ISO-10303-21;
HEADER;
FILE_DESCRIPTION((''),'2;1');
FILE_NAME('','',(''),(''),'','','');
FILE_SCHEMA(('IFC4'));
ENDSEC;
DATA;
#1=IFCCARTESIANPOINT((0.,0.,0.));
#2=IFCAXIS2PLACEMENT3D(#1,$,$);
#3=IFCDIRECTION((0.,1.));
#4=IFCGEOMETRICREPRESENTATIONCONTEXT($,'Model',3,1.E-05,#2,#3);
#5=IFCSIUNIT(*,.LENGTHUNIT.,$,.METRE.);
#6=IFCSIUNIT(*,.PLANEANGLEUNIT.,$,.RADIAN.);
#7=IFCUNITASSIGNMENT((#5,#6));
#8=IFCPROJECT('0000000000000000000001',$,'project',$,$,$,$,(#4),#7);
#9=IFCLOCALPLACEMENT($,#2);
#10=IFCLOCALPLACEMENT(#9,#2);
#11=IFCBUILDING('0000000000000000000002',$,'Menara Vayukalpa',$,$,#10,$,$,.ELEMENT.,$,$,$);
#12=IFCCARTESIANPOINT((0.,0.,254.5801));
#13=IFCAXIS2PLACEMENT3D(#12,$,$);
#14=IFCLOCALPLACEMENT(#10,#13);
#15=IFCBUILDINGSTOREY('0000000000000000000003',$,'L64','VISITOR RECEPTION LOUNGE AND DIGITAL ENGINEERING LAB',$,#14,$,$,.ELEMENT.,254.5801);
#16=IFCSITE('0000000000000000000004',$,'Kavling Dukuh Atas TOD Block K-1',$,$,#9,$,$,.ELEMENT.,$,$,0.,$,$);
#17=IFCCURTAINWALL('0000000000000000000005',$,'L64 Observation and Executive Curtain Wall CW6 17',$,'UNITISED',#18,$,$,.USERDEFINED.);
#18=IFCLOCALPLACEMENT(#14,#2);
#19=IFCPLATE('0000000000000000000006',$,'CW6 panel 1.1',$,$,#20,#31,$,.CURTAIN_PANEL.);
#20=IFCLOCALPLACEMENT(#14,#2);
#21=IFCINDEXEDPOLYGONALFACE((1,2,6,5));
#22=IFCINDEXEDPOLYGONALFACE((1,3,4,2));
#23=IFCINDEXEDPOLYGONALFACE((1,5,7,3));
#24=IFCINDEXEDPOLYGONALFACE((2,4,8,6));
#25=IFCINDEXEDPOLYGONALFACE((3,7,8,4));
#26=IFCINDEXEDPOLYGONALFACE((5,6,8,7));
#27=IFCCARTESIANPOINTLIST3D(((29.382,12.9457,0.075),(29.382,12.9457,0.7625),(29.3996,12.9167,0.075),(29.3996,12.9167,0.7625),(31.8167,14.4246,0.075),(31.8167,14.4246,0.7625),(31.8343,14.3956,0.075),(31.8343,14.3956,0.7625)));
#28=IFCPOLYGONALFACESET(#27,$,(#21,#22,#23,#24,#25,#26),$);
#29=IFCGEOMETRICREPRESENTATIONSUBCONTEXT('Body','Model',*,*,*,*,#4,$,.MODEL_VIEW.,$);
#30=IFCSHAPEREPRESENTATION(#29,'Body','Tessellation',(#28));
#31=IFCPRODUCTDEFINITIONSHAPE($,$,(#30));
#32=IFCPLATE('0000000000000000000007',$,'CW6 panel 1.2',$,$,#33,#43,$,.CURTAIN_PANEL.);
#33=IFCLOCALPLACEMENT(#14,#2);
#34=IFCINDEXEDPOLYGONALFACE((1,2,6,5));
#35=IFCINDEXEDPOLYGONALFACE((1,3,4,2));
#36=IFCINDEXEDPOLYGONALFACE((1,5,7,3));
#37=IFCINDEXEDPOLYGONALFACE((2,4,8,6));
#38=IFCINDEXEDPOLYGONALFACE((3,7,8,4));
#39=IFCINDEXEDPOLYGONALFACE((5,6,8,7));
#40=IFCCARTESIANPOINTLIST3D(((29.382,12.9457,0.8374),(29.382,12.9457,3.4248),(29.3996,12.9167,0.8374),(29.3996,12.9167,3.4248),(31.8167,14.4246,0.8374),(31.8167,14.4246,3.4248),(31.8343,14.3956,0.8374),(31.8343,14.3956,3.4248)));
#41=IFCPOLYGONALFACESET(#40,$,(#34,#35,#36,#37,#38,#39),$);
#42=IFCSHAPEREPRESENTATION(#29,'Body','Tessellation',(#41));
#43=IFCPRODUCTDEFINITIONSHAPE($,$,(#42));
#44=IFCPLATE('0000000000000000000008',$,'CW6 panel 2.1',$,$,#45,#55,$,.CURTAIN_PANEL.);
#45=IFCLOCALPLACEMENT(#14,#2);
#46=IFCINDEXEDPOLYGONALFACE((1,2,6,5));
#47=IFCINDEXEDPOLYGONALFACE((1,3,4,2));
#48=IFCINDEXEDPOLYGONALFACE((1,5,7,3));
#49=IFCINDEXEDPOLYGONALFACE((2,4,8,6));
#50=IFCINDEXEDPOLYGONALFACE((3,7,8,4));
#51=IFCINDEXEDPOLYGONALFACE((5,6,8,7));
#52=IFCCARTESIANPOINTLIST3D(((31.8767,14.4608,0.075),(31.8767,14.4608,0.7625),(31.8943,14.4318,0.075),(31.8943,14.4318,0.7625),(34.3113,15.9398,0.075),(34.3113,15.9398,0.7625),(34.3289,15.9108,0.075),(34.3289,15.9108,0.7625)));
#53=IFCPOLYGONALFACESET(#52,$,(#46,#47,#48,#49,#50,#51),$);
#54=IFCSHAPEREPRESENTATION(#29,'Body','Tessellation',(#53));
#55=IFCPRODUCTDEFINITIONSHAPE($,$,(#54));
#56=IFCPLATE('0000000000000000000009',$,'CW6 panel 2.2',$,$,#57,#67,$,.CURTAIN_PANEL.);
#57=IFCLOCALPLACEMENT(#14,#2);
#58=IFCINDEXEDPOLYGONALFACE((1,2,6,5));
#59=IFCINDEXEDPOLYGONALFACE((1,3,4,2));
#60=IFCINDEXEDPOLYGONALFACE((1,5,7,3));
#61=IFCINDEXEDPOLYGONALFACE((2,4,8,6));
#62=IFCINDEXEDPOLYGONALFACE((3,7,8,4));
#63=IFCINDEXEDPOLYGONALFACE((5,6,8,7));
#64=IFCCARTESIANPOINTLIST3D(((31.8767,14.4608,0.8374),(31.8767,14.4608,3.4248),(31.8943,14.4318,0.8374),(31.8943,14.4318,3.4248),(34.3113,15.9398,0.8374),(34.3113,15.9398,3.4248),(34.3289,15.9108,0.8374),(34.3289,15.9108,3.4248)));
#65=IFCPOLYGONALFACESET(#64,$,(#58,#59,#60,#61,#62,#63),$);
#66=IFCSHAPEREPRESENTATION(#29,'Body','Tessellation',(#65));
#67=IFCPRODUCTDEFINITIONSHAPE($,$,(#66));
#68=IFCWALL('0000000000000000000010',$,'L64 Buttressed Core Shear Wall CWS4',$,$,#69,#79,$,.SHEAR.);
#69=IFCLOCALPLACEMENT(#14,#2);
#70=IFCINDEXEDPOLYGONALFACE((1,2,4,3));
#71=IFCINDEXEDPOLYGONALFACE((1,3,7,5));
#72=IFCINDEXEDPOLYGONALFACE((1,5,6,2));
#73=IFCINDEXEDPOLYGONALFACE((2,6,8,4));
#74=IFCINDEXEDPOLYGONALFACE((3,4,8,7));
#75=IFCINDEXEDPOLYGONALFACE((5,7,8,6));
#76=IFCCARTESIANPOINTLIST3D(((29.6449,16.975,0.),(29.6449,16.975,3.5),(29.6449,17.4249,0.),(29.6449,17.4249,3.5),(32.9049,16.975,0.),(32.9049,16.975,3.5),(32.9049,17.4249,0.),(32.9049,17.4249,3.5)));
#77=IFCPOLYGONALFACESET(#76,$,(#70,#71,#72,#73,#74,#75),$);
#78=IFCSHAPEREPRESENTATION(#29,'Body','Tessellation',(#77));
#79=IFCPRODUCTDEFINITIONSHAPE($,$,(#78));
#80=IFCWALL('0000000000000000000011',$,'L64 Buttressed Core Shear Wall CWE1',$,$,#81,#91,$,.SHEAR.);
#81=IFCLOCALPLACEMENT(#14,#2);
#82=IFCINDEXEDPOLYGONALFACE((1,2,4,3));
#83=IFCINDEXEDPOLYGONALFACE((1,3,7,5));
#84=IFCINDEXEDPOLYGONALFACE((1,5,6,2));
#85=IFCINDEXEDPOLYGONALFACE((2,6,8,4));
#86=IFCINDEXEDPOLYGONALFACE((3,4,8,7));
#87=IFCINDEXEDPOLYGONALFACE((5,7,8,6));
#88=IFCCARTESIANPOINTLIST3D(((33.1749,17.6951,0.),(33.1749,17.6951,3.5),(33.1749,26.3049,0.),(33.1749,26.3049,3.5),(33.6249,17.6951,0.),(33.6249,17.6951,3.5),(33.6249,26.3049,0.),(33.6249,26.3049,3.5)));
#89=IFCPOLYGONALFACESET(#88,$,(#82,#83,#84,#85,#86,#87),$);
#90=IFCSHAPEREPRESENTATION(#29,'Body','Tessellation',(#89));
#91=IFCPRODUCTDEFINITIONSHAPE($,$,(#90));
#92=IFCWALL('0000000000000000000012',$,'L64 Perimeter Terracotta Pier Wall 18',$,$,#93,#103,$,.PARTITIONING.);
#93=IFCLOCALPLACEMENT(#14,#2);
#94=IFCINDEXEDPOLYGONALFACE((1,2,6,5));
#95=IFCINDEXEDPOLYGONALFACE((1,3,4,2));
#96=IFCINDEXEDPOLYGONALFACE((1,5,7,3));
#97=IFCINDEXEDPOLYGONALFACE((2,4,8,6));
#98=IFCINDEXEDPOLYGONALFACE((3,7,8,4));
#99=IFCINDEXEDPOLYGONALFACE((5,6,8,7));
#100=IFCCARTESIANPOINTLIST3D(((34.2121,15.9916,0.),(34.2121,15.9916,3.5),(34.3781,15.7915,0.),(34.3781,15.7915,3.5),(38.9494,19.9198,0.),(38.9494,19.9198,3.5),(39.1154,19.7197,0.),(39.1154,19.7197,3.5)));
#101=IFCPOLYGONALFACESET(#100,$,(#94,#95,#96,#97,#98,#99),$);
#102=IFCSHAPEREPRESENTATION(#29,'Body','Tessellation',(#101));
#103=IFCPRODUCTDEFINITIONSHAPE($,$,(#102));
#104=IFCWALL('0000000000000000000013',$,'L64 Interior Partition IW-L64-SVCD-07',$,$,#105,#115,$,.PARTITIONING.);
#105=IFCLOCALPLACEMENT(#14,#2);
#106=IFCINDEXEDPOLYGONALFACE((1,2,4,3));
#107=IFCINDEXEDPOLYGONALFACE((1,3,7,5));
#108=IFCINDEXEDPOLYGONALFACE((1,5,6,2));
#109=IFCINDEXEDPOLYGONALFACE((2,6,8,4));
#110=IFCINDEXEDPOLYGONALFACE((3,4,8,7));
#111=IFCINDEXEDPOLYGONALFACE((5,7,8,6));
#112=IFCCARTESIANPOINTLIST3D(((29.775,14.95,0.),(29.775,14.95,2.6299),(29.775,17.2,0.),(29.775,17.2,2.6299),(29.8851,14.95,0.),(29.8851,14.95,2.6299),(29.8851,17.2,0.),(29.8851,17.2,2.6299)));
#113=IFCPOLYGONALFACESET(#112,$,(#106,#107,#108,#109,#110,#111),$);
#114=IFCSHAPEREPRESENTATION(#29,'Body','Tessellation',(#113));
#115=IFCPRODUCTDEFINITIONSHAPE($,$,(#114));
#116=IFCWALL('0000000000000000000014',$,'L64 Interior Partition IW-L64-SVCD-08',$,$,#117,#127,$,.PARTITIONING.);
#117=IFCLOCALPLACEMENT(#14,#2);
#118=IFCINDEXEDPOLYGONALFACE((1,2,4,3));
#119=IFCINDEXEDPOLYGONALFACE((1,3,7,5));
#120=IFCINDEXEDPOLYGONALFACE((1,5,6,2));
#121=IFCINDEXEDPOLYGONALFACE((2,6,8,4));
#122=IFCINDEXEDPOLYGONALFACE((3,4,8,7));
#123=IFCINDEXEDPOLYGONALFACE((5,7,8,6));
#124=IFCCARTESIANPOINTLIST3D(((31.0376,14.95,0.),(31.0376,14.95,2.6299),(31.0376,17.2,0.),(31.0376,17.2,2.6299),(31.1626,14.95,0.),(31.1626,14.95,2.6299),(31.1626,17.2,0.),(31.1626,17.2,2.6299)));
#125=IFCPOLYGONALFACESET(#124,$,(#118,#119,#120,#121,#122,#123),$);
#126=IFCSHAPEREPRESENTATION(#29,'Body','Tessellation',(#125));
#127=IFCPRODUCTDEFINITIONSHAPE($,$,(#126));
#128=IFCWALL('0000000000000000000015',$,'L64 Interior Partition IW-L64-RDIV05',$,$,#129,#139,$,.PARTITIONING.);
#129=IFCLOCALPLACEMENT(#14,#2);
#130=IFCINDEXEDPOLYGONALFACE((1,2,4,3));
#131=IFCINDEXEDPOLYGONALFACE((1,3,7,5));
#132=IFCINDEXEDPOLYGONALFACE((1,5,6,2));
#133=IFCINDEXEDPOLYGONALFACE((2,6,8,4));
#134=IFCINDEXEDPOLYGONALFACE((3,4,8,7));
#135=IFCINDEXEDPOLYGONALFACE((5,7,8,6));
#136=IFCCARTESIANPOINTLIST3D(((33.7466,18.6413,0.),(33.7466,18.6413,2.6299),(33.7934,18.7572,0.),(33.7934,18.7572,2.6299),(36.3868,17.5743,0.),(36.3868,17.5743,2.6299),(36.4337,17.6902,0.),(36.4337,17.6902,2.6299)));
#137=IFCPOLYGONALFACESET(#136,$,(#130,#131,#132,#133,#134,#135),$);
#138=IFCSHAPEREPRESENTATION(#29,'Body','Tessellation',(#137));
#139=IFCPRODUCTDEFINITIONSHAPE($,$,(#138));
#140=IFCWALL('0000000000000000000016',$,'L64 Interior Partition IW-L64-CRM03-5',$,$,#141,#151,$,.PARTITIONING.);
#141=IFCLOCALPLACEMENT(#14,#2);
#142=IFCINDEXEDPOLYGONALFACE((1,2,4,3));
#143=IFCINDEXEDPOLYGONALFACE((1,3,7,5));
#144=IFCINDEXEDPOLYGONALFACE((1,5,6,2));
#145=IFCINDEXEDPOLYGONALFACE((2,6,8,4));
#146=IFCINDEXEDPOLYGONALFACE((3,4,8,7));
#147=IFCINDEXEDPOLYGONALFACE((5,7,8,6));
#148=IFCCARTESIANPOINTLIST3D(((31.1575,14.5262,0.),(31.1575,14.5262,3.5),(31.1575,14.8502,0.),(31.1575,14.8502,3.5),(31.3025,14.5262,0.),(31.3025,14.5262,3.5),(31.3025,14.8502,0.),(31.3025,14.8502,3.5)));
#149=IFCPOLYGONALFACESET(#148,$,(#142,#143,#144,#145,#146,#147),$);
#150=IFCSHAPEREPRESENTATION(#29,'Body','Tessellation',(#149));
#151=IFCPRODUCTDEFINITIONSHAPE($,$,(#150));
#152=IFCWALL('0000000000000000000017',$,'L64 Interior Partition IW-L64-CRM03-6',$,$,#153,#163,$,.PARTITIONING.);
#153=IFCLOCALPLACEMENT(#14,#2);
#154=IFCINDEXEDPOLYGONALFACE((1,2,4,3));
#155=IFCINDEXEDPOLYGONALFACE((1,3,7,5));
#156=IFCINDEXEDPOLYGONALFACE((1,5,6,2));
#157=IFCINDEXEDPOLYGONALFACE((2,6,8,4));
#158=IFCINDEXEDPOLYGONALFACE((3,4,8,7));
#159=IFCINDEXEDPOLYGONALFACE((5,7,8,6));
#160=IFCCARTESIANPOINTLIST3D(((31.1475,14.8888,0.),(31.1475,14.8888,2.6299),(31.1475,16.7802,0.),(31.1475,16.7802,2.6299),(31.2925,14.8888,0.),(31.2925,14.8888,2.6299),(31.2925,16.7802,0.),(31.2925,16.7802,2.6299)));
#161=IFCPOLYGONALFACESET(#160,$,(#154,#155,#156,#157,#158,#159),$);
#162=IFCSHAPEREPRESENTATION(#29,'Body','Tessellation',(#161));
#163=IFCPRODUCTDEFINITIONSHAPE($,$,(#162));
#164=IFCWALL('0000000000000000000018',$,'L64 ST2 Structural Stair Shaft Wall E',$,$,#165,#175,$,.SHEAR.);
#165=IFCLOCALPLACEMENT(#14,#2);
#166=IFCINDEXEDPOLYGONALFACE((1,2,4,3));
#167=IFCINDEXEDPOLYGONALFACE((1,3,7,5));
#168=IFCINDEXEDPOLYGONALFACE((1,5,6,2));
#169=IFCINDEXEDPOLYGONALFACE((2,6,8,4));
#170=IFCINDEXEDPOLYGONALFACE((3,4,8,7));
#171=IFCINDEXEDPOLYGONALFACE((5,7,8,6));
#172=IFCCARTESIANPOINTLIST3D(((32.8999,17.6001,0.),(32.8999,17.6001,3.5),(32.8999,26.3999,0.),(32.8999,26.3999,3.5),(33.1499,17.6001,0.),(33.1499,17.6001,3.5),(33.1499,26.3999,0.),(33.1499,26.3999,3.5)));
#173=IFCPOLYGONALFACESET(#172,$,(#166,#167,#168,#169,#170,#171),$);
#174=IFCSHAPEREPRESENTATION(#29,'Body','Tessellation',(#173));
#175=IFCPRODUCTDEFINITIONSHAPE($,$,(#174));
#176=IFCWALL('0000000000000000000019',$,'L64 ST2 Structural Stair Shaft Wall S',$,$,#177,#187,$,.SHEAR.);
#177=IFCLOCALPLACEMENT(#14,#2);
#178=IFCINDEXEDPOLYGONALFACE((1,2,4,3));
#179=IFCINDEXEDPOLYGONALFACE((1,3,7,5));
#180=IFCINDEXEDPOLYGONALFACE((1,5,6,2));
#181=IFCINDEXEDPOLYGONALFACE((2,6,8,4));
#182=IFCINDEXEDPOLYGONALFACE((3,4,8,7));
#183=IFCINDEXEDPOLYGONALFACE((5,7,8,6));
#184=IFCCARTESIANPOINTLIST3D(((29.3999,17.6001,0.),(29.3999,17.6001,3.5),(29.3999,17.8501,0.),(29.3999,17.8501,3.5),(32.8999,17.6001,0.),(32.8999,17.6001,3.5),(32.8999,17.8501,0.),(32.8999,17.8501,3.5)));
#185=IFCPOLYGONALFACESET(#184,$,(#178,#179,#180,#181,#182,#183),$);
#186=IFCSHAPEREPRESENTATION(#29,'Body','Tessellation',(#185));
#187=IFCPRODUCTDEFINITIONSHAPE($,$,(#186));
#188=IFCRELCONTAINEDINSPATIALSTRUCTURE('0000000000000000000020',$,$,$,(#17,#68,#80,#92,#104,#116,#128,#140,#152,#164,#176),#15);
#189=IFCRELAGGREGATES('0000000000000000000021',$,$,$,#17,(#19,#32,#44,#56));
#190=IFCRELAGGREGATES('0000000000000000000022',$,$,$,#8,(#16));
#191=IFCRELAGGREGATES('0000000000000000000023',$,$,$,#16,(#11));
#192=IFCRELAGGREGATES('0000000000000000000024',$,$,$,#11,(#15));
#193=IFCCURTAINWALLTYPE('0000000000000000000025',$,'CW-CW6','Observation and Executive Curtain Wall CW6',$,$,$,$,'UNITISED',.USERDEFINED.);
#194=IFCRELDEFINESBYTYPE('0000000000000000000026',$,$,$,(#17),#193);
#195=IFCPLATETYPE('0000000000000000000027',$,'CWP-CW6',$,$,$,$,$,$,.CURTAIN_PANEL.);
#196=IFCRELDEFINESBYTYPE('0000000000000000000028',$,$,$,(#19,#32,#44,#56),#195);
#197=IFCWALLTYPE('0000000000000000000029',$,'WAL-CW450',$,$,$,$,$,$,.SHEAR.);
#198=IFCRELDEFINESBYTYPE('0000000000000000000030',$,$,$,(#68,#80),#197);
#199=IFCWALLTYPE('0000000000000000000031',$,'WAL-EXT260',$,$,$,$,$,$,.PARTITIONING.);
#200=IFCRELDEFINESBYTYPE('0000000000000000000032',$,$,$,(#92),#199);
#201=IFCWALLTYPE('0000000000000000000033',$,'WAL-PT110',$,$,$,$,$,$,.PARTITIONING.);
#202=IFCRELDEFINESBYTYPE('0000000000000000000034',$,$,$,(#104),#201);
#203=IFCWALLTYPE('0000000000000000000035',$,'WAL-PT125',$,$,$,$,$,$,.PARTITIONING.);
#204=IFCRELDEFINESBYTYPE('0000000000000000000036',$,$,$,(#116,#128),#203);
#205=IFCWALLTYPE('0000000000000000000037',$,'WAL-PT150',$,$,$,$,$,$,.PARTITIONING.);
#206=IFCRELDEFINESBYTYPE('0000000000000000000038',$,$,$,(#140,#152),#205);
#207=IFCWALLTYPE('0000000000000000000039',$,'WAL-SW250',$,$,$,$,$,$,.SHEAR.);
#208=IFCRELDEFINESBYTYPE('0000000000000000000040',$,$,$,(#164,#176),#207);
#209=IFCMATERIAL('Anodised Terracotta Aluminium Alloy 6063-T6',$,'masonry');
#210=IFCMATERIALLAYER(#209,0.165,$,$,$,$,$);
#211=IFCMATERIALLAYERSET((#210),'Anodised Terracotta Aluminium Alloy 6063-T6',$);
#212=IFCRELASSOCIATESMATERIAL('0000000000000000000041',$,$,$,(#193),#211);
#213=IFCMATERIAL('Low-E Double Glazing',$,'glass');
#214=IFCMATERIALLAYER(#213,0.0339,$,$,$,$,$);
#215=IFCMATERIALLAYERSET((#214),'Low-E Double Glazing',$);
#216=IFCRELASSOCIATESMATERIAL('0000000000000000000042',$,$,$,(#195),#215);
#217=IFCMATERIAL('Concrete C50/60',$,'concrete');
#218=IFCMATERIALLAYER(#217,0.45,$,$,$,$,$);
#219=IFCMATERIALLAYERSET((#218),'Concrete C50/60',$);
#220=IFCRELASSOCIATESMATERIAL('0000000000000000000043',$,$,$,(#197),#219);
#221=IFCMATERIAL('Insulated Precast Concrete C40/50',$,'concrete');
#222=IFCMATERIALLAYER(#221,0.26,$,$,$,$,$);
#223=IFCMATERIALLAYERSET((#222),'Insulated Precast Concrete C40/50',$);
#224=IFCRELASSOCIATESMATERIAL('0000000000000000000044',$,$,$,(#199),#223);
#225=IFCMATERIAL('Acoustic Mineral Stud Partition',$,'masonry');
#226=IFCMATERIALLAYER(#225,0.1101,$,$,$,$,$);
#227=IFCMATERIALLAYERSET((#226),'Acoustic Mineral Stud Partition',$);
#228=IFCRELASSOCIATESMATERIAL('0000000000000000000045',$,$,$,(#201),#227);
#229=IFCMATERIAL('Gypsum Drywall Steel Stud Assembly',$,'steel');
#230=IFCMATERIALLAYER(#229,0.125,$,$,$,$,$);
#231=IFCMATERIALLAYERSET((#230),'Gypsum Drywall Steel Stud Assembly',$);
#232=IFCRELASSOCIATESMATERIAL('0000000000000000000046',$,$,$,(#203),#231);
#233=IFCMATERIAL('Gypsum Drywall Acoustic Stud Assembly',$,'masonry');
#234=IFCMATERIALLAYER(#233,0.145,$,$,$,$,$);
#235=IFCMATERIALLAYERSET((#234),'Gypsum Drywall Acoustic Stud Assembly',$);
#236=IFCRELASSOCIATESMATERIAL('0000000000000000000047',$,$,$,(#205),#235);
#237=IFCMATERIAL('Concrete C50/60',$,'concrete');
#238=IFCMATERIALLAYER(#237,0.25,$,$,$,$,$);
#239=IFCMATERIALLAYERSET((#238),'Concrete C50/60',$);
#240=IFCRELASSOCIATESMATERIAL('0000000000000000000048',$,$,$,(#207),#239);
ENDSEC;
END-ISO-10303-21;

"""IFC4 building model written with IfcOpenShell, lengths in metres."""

from ifc_helpers import new_model, si_unit, direction, frame, frame_2d, origin, origin_2d, place, context, subcontext, project, spatial, rectangle, extrude, material, layer, layer_set, type_object, element, aggregate, save


model = new_model("IFC4")

# Units and contexts
model_context = context("Model", 3, precision=1e-05, world=origin(), true_north=direction((0.0, 1.0)))
body_context = subcontext(model_context, "Body", "Model", "MODEL_VIEW")
ifc_project = project(units=[si_unit("LENGTHUNIT", "METRE"), si_unit("PLANEANGLEUNIT", "RADIAN")], contexts=[model_context])

# Site, building, storey
site_placement = place(None, origin())
site = spatial("IfcSite", under=ifc_project, at=site_placement, Name="Kavling Dukuh Atas TOD Block K-1", CompositionType="ELEMENT", RefElevation=0.0)
building_placement = place(site_placement, origin())
building = spatial("IfcBuilding", under=site, at=building_placement, Name="Menara Vayukalpa", CompositionType="ELEMENT")
storey_placement = place(building_placement, frame((0.0, 0.0, 254.5801)))
storey = spatial("IfcBuildingStorey", under=building, at=storey_placement, Name="L64", Description="VISITOR RECEPTION LOUNGE AND DIGITAL ENGINEERING LAB", CompositionType="ELEMENT", Elevation=254.5801)

# Curtain wall, plates
ifc_material_1 = material(Name="Anodised Terracotta Aluminium Alloy 6063-T6", Category="masonry")
ifc_layer_1 = layer(ifc_material_1, 0.165)
ifc_layer_set_1 = layer_set([ifc_layer_1], Name="Anodised Terracotta Aluminium Alloy 6063-T6")
curtain_wall_type = type_object("IfcCurtainWallType", Name="CW-CW6", Description="Observation and Executive Curtain Wall CW6", ElementType="UNITISED", PredefinedType="USERDEFINED", material=ifc_layer_set_1)
curtain_wall_placement = place(storey_placement, origin())
curtain_wall = element("IfcCurtainWall", 1, at=curtain_wall_placement, inside=storey, type_object=curtain_wall_type, Name="L64 Observation and Executive Curtain Wall CW6 17", ObjectType="UNITISED", PredefinedType="USERDEFINED")
ifc_material_2 = material(Name="Low-E Double Glazing", Category="glass")
ifc_layer_2 = layer(ifc_material_2, 0.0339)
ifc_layer_set_2 = layer_set([ifc_layer_2], Name="Low-E Double Glazing")
plate_type = type_object("IfcPlateType", Name="CWP-CW6", PredefinedType="CURTAIN_PANEL", material=ifc_layer_set_2)
plate_1_placement = place(storey_placement, frame((30.6082, 13.6707, 0.075), z_axis=(0.0, 0.0, 1.0), x_axis=(0.854668, 0.519176, 0.0)))
plate_1 = element("IfcPlate", 2, at=plate_1_placement, type_object=plate_type, Name="CW6 panel 1.1", PredefinedType="CURTAIN_PANEL", context=body_context, shape_type="SweptSolid", body=[
    extrude(rectangle(XDim=2.8486, YDim=0.0339, at=origin_2d()), origin(), (0.0, 0.0, 1.0), 0.6875),
])
plate_2_placement = place(storey_placement, frame((30.6082, 13.6707, 0.8374), z_axis=(0.0, 0.0, 1.0), x_axis=(0.854668, 0.519176, 0.0)))
plate_2 = element("IfcPlate", 3, at=plate_2_placement, type_object=plate_type, Name="CW6 panel 1.2", PredefinedType="CURTAIN_PANEL", context=body_context, shape_type="SweptSolid", body=[
    extrude(rectangle(XDim=2.8486, YDim=0.0339, at=origin_2d()), origin(), (0.0, 0.0, 1.0), 2.5874),
])
plate_3_placement = place(storey_placement, frame((33.1028, 15.1858, 0.075), z_axis=(0.0, 0.0, 1.0), x_axis=(0.854668, 0.519176, 0.0)))
plate_3 = element("IfcPlate", 4, at=plate_3_placement, type_object=plate_type, Name="CW6 panel 2.1", PredefinedType="CURTAIN_PANEL", context=body_context, shape_type="SweptSolid", body=[
    extrude(rectangle(XDim=2.8486, YDim=0.0339, at=origin_2d()), origin(), (0.0, 0.0, 1.0), 0.6875),
])
plate_4_placement = place(storey_placement, frame((33.1028, 15.1858, 0.8374), z_axis=(0.0, 0.0, 1.0), x_axis=(0.854668, 0.519176, 0.0)))
plate_4 = element("IfcPlate", 5, at=plate_4_placement, type_object=plate_type, Name="CW6 panel 2.2", PredefinedType="CURTAIN_PANEL", context=body_context, shape_type="SweptSolid", body=[
    extrude(rectangle(XDim=2.8486, YDim=0.0339, at=origin_2d()), origin(), (0.0, 0.0, 1.0), 2.5874),
])
aggregate(curtain_wall, [plate_1, plate_2, plate_3, plate_4])

# Walls
ifc_material_3 = material(Name="Concrete C50/60", Category="concrete")
ifc_layer_3 = layer(ifc_material_3, 0.45)
ifc_layer_set_3 = layer_set([ifc_layer_3], Name="Concrete C50/60")
wall_type_1 = type_object("IfcWallType", Name="WAL-CW450", PredefinedType="SHEAR", material=ifc_layer_set_3)
wall_1_placement = place(storey_placement, frame((29.645, 17.2, 0.0), z_axis=(0.0, 0.0, 1.0), x_axis=(1.0, 0.0, 0.0)))
element("IfcWall", 6, at=wall_1_placement, inside=storey, type_object=wall_type_1, Name="L64 Buttressed Core Shear Wall CWS4", PredefinedType="SHEAR", context=body_context, shape_type="SweptSolid", body=[
    extrude(rectangle(XDim=3.26, YDim=0.45, at=frame_2d((1.6299, 0.0))), origin(), (0.0, 0.0, 1.0), 3.5),
])
wall_2_placement = place(storey_placement, frame((33.3999, 17.6951, 0.0), z_axis=(0.0, 0.0, 1.0), x_axis=(0.0, 1.0, 0.0)))
element("IfcWall", 7, at=wall_2_placement, inside=storey, type_object=wall_type_1, Name="L64 Buttressed Core Shear Wall CWE1", PredefinedType="SHEAR", context=body_context, shape_type="SweptSolid", body=[
    extrude(rectangle(XDim=8.6099, YDim=0.45, at=frame_2d((4.3049, 0.0))), origin(), (0.0, 0.0, 1.0), 3.5),
])
ifc_material_4 = material(Name="Insulated Precast Concrete C40/50", Category="concrete")
ifc_layer_4 = layer(ifc_material_4, 0.26)
ifc_layer_set_4 = layer_set([ifc_layer_4], Name="Insulated Precast Concrete C40/50")
wall_type_2 = type_object("IfcWallType", Name="WAL-EXT260", PredefinedType="PARTITIONING", material=ifc_layer_set_4)
wall_3_placement = place(storey_placement, frame((39.0325, 19.8198, 0.0), z_axis=(0.0, 0.0, 1.0), x_axis=(-0.76978, -0.638309, 0.0)))
element("IfcWall", 8, at=wall_3_placement, inside=storey, type_object=wall_type_2, Name="L64 Perimeter Terracotta Pier Wall 18", PredefinedType="PARTITIONING", context=body_context, shape_type="SweptSolid", body=[
    extrude(rectangle(XDim=6.1541, YDim=0.26, at=frame_2d((3.0771, 0.0))), origin(), (0.0, 0.0, 1.0), 3.5),
])
ifc_material_5 = material(Name="Acoustic Mineral Stud Partition", Category="masonry")
ifc_layer_5 = layer(ifc_material_5, 0.1101)
ifc_layer_set_5 = layer_set([ifc_layer_5], Name="Acoustic Mineral Stud Partition")
wall_type_3 = type_object("IfcWallType", Name="WAL-PT110", PredefinedType="PARTITIONING", material=ifc_layer_set_5)
wall_4_placement = place(storey_placement, frame((29.8301, 14.95, 0.0), z_axis=(0.0, 0.0, 1.0), x_axis=(0.0, 1.0, 0.0)))
element("IfcWall", 9, at=wall_4_placement, inside=storey, type_object=wall_type_3, Name="L64 Interior Partition IW-L64-SVCD-07", PredefinedType="PARTITIONING", context=body_context, shape_type="SweptSolid", body=[
    extrude(rectangle(XDim=2.25, YDim=0.1101, at=frame_2d((1.125, 0.0))), origin(), (0.0, 0.0, 1.0), 2.6299),
])
ifc_material_6 = material(Name="Gypsum Drywall Steel Stud Assembly", Category="steel")
ifc_layer_6 = layer(ifc_material_6, 0.125)
ifc_layer_set_6 = layer_set([ifc_layer_6], Name="Gypsum Drywall Steel Stud Assembly")
wall_type_4 = type_object("IfcWallType", Name="WAL-PT125", PredefinedType="PARTITIONING", material=ifc_layer_set_6)
wall_5_placement = place(storey_placement, frame((31.1001, 14.95, 0.0), z_axis=(0.0, 0.0, 1.0), x_axis=(0.0, 1.0, 0.0)))
element("IfcWall", 10, at=wall_5_placement, inside=storey, type_object=wall_type_4, Name="L64 Interior Partition IW-L64-SVCD-08", PredefinedType="PARTITIONING", context=body_context, shape_type="SweptSolid", body=[
    extrude(rectangle(XDim=2.25, YDim=0.125, at=frame_2d((1.125, 0.0))), origin(), (0.0, 0.0, 1.0), 2.6299),
])
wall_6_placement = place(storey_placement, frame((33.77, 18.6992, 0.0), z_axis=(0.0, 0.0, 1.0), x_axis=(0.927158, -0.37467, 0.0)))
element("IfcWall", 11, at=wall_6_placement, inside=storey, type_object=wall_type_4, Name="L64 Interior Partition IW-L64-RDIV05", PredefinedType="PARTITIONING", context=body_context, shape_type="SweptSolid", body=[
    extrude(rectangle(XDim=2.8477, YDim=0.125, at=frame_2d((1.4238, 0.0))), origin(), (0.0, 0.0, 1.0), 2.6299),
])
ifc_material_7 = material(Name="Gypsum Drywall Acoustic Stud Assembly", Category="masonry")
ifc_layer_7 = layer(ifc_material_7, 0.145)
ifc_layer_set_7 = layer_set([ifc_layer_7], Name="Gypsum Drywall Acoustic Stud Assembly")
wall_type_5 = type_object("IfcWallType", Name="WAL-PT150", PredefinedType="PARTITIONING", material=ifc_layer_set_7)
wall_7_placement = place(storey_placement, frame((31.23, 14.5261, 0.0), z_axis=(0.0, 0.0, 1.0), x_axis=(0.0, 1.0, 0.0)))
element("IfcWall", 12, at=wall_7_placement, inside=storey, type_object=wall_type_5, Name="L64 Interior Partition IW-L64-CRM03-5", PredefinedType="PARTITIONING", context=body_context, shape_type="SweptSolid", body=[
    extrude(rectangle(XDim=0.324, YDim=0.145, at=frame_2d((0.1621, 0.0))), origin(), (0.0, 0.0, 1.0), 3.5),
])
wall_8_placement = place(storey_placement, frame((31.22, 14.8887, 0.0), z_axis=(0.0, 0.0, 1.0), x_axis=(0.0, 1.0, 0.0)))
element("IfcWall", 13, at=wall_8_placement, inside=storey, type_object=wall_type_5, Name="L64 Interior Partition IW-L64-CRM03-6", PredefinedType="PARTITIONING", context=body_context, shape_type="SweptSolid", body=[
    extrude(rectangle(XDim=1.8914, YDim=0.145, at=frame_2d((0.9458, 0.0))), origin(), (0.0, 0.0, 1.0), 2.6299),
])
ifc_material_8 = material(Name="Concrete C50/60", Category="concrete")
ifc_layer_8 = layer(ifc_material_8, 0.25)
ifc_layer_set_8 = layer_set([ifc_layer_8], Name="Concrete C50/60")
wall_type_6 = type_object("IfcWallType", Name="WAL-SW250", PredefinedType="SHEAR", material=ifc_layer_set_8)
wall_9_placement = place(storey_placement, frame((33.0249, 17.6001, 0.0), z_axis=(0.0, 0.0, 1.0), x_axis=(0.0, 1.0, 0.0)))
element("IfcWall", 14, at=wall_9_placement, inside=storey, type_object=wall_type_6, Name="L64 ST2 Structural Stair Shaft Wall E", PredefinedType="SHEAR", context=body_context, shape_type="SweptSolid", body=[
    extrude(rectangle(XDim=8.7998, YDim=0.25, at=frame_2d((4.3999, 0.0))), origin(), (0.0, 0.0, 1.0), 3.5),
])
wall_10_placement = place(storey_placement, frame((29.3999, 17.7251, 0.0), z_axis=(0.0, 0.0, 1.0), x_axis=(1.0, 0.0, 0.0)))
element("IfcWall", 15, at=wall_10_placement, inside=storey, type_object=wall_type_6, Name="L64 ST2 Structural Stair Shaft Wall S", PredefinedType="SHEAR", context=body_context, shape_type="SweptSolid", body=[
    extrude(rectangle(XDim=3.5, YDim=0.25, at=frame_2d((1.75, 0.0))), origin(), (0.0, 0.0, 1.0), 3.5),
])

save(model, "model.ifc")
